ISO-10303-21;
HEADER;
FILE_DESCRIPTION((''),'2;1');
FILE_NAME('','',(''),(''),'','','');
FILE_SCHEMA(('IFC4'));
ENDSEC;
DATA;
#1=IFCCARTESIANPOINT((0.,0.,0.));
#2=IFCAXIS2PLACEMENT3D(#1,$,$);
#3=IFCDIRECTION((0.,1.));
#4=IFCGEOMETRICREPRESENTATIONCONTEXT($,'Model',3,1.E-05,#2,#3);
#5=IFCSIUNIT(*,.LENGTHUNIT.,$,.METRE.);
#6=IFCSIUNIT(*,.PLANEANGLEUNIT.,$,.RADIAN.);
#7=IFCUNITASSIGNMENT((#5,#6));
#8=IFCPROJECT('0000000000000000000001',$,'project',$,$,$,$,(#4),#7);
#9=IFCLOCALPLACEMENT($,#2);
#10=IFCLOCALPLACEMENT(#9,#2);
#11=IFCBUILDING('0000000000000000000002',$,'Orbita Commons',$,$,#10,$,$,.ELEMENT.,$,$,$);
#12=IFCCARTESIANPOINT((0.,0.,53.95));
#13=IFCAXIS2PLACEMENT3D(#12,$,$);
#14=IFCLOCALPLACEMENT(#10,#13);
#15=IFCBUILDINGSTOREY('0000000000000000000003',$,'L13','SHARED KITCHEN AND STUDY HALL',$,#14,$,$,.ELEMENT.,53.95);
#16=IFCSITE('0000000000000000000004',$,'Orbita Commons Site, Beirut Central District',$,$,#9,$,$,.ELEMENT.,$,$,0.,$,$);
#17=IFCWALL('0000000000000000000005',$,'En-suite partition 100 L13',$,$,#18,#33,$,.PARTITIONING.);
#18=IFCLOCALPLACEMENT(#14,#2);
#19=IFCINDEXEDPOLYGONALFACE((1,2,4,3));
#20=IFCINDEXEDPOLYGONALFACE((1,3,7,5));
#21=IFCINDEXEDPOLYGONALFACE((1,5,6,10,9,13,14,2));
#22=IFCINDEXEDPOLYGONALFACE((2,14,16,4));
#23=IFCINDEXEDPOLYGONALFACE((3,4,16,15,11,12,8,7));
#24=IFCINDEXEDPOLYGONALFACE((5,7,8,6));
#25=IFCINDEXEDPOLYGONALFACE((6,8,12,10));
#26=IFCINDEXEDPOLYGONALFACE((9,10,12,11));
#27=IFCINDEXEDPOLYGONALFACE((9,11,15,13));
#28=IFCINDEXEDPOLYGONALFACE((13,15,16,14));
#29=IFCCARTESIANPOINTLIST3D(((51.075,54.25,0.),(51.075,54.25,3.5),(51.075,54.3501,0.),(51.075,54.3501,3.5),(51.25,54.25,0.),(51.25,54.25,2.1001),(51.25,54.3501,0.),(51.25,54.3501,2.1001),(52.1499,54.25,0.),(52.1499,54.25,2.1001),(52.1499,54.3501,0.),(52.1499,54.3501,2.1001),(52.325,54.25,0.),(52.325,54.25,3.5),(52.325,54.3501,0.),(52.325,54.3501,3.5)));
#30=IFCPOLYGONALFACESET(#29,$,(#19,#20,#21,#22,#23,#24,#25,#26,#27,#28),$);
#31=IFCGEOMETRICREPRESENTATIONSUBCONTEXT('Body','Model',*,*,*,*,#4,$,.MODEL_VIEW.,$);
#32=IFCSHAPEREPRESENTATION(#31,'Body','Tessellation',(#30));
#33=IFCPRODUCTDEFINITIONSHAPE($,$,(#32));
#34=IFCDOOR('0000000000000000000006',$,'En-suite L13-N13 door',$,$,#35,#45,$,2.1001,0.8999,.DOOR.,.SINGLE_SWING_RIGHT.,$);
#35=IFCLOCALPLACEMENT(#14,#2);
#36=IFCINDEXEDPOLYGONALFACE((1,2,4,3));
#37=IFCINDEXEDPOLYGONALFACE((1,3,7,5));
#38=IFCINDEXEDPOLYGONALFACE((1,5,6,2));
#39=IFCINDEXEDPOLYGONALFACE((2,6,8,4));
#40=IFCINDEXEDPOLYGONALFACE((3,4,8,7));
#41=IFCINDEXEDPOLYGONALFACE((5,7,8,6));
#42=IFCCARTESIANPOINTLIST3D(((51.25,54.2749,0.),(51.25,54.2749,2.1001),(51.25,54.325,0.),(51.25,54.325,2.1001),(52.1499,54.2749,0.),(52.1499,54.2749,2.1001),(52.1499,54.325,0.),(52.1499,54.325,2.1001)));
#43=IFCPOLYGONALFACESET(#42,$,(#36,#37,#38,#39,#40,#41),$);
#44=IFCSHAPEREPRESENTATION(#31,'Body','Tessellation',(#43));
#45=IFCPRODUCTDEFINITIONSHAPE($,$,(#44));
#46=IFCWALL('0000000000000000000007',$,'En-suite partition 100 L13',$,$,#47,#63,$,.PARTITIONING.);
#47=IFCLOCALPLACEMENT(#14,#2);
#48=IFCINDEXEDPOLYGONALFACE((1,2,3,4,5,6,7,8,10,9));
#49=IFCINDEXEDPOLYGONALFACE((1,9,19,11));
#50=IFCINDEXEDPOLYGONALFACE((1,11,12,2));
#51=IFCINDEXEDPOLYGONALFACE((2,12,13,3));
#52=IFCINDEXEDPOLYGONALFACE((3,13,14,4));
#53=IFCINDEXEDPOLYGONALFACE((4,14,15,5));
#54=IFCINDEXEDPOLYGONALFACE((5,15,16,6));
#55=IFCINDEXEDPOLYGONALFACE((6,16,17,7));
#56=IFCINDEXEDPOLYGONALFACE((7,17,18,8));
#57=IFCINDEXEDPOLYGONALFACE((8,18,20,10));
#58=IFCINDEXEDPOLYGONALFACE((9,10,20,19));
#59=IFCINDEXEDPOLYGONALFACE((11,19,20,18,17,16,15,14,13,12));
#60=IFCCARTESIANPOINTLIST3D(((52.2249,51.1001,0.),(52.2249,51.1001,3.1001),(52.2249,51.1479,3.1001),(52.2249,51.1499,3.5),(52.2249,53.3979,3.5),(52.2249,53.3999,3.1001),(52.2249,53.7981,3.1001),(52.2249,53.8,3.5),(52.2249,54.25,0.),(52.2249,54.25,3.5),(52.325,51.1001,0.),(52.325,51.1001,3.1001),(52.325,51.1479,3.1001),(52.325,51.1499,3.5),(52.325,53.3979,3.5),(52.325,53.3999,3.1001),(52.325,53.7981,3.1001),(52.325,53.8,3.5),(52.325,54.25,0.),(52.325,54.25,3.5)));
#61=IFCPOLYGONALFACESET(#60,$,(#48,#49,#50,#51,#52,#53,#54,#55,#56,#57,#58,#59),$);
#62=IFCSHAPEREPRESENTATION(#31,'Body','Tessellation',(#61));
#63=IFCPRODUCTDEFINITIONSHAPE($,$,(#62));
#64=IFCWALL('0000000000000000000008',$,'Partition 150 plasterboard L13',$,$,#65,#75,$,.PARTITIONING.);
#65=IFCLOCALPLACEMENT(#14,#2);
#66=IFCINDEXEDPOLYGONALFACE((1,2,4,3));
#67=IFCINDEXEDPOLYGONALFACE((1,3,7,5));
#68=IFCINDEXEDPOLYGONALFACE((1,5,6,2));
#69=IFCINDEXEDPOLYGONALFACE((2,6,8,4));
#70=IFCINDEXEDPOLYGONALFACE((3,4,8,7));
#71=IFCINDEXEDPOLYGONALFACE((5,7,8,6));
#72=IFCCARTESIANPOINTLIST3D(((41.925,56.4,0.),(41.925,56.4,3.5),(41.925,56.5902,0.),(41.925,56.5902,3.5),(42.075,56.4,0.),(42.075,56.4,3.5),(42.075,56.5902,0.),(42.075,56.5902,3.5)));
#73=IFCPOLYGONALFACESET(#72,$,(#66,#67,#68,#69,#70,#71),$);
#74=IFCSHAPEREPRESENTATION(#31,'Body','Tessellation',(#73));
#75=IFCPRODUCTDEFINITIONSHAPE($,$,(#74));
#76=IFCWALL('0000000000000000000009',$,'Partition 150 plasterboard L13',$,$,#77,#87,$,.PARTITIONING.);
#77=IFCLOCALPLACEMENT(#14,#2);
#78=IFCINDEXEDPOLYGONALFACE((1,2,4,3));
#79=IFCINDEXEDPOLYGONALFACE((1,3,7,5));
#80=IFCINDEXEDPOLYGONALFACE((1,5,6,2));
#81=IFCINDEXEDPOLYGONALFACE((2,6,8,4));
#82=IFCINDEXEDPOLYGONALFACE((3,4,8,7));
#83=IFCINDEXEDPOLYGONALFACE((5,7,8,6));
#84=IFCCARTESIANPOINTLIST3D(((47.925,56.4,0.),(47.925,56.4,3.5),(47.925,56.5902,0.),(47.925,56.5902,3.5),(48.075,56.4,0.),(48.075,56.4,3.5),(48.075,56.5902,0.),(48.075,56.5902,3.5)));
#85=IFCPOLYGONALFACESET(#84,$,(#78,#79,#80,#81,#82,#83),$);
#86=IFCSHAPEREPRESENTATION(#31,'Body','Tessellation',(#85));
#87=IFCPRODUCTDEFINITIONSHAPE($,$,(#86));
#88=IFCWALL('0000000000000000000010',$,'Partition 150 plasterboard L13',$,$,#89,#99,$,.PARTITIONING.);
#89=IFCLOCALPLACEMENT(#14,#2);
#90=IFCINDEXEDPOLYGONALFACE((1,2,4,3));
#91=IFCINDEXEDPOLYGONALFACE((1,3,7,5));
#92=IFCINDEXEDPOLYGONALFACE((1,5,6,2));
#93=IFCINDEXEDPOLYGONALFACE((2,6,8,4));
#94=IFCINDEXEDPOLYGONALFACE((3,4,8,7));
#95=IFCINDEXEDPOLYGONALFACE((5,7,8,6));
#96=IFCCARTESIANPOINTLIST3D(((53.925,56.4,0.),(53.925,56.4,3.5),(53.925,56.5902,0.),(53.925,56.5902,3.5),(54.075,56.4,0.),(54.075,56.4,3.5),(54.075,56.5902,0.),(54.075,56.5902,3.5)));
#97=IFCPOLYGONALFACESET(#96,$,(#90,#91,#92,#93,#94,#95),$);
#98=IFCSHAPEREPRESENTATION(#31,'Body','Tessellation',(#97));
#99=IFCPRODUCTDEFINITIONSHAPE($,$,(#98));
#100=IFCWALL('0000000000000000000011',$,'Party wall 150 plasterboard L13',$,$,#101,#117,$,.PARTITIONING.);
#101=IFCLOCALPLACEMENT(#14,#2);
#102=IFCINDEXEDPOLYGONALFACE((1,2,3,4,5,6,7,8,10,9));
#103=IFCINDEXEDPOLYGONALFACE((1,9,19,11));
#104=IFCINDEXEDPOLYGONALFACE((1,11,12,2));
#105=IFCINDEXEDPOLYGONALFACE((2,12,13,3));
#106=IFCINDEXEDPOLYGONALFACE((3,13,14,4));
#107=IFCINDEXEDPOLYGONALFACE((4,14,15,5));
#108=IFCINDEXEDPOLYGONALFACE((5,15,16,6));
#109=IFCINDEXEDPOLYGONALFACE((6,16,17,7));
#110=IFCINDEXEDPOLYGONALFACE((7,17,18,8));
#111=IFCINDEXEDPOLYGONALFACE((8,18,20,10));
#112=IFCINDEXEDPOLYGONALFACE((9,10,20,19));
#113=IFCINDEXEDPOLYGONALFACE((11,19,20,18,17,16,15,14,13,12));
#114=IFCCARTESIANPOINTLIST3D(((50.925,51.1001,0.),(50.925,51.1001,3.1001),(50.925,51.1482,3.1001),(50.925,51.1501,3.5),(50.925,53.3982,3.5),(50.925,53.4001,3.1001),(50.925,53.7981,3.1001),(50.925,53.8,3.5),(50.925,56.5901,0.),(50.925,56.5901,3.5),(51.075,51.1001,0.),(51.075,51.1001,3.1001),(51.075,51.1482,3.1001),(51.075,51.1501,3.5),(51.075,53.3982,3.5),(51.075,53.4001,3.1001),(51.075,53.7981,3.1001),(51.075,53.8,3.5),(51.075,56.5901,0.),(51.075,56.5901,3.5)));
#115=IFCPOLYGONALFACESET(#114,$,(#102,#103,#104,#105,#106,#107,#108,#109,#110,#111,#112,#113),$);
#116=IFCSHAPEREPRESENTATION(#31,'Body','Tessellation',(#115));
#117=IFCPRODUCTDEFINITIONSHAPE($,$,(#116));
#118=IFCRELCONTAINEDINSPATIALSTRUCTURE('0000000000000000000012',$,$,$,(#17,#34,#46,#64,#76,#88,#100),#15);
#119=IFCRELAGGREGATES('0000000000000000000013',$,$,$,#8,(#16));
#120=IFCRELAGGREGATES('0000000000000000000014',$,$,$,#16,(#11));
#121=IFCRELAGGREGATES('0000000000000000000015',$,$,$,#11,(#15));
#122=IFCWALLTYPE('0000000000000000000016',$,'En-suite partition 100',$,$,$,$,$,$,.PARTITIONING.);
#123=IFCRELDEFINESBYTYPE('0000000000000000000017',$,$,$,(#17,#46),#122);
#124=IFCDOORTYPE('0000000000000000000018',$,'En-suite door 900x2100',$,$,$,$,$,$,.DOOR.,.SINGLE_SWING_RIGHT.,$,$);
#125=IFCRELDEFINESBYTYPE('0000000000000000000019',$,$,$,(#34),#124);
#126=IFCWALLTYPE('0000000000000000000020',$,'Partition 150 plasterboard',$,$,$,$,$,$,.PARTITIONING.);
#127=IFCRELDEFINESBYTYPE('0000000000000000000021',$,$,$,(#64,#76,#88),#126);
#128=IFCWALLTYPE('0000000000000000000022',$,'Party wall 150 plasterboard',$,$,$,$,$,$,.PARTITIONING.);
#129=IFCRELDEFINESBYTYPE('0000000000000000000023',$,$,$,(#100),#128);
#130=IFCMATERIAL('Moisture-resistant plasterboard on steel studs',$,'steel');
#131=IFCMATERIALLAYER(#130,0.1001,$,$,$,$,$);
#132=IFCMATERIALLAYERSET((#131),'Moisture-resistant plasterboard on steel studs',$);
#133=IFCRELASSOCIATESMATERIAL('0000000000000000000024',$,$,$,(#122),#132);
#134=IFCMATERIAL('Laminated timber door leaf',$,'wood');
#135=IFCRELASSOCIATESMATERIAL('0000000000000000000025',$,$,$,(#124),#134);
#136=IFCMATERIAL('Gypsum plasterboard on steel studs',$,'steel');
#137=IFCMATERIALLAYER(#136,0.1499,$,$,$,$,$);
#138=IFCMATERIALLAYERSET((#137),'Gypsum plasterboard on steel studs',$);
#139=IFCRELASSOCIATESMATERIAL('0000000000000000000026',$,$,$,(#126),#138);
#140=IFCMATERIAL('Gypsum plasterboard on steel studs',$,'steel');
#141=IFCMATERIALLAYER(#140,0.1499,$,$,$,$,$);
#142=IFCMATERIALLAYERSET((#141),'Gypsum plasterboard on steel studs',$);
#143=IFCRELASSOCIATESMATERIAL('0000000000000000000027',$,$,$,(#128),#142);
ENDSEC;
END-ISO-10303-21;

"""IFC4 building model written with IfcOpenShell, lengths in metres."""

from ifc_helpers import new_model, si_unit, direction, frame, frame_2d, origin, place, context, subcontext, project, spatial, polyline, rectangle, outline, extrude, material, layer, layer_set, type_object, element, fill, save


model = new_model("IFC4")

# Units and contexts
model_context = context("Model", 3, precision=1e-05, world=origin(), true_north=direction((0.0, 1.0)))
body_context = subcontext(model_context, "Body", "Model", "MODEL_VIEW")
ifc_project = project(units=[si_unit("LENGTHUNIT", "METRE"), si_unit("PLANEANGLEUNIT", "RADIAN")], contexts=[model_context])

# Site, building, storey
site_placement = place(None, origin())
site = spatial("IfcSite", under=ifc_project, at=site_placement, Name="Orbita Commons Site, Beirut Central District", CompositionType="ELEMENT", RefElevation=0.0)
building_placement = place(site_placement, origin())
building = spatial("IfcBuilding", under=site, at=building_placement, Name="Orbita Commons", CompositionType="ELEMENT")
storey_placement = place(building_placement, frame((0.0, 0.0, 53.95)))
storey = spatial("IfcBuildingStorey", under=building, at=storey_placement, Name="L13", Description="SHARED KITCHEN AND STUDY HALL", CompositionType="ELEMENT", Elevation=53.95)

# Shared definitions
ifc_material_1 = material(Name="Moisture-resistant plasterboard on steel studs", Category="steel")
ifc_layer_1 = layer(ifc_material_1, 0.1001)
ifc_layer_set_1 = layer_set([ifc_layer_1], Name="Moisture-resistant plasterboard on steel studs")
wall_type_1 = type_object("IfcWallType", Name="En-suite partition 100", PredefinedType="PARTITIONING", material=ifc_layer_set_1)
ifc_material_2 = material(Name="Laminated timber door leaf", Category="wood")
door_type = type_object("IfcDoorType", Name="En-suite door 900x2100", OperationType="SINGLE_SWING_RIGHT", PredefinedType="DOOR", material=ifc_material_2)

# Wall, opening, door
wall_1_placement = place(storey_placement, frame((51.075, 54.3, 0.0), z_axis=(0.0, 0.0, 1.0), x_axis=(1.0, 0.0, 0.0)))
wall_1 = element("IfcWall", 1, at=wall_1_placement, inside=storey, type_object=wall_type_1, Name="En-suite partition 100 L13", PredefinedType="PARTITIONING", context=body_context, shape_type="SweptSolid", body=[
    extrude(rectangle(XDim=1.25, YDim=0.1001, at=frame_2d((0.625, 0.0))), origin(), (0.0, 0.0, 1.0), 3.5),
])
opening_1_placement = place(wall_1_placement, frame((0.175, 0.0, 0.0)))
opening_1 = element("IfcOpeningElement", 2, at=opening_1_placement, cuts=wall_1, PredefinedType="OPENING", context=body_context, shape_type="SweptSolid", body=[
    extrude(rectangle(XDim=0.8999, YDim=2.1001, at=frame_2d((0.45, 1.05))), frame((0.0, 0.0601, 0.0), z_axis=(0.0, -1.0, 0.0), x_axis=(1.0, 0.0, 0.0)), (0.0, 0.0, 1.0), 0.1201),
])
door_1_placement = place(opening_1_placement, origin())
door_1 = element("IfcDoor", 3, at=door_1_placement, inside=storey, type_object=door_type, Name="En-suite L13-N13 door", OperationType="SINGLE_SWING_RIGHT", OverallHeight=2.1001, OverallWidth=0.8999, PredefinedType="DOOR", context=body_context, shape_type="SweptSolid", body=[
    extrude(rectangle(XDim=0.8999, YDim=2.1001, at=frame_2d((0.45, 1.05))), frame((0.0, 0.0249, 0.0), z_axis=(0.0, -1.0, 0.0), x_axis=(1.0, 0.0, 0.0)), (0.0, 0.0, 1.0), 0.05),
])
fill(opening_1, door_1)

# Walls
wall_2_placement = place(storey_placement, frame((52.2749, 54.25, 0.0), z_axis=(0.0, 0.0, 1.0), x_axis=(0.0, -1.0, 0.0)))
element("IfcWall", 4, at=wall_2_placement, inside=storey, type_object=wall_type_1, Name="En-suite partition 100 L13", PredefinedType="PARTITIONING", context=body_context, shape_type="SweptSolid", body=[
    extrude(outline(polyline([(0.0, 0.0), (3.1499, 0.0), (3.1499, 3.1001), (3.1021, 3.1001), (3.1001, 3.5), (0.8521, 3.5), (0.8501, 3.1001), (0.4519, 3.1001), (0.45, 3.5), (0.0, 3.5), (0.0, 0.0)])), frame((0.0, 0.05, 0.0), z_axis=(0.0, -1.0, 0.0), x_axis=(1.0, 0.0, 0.0)), (0.0, 0.0, 1.0), 0.1001),
])
ifc_material_3 = material(Name="Gypsum plasterboard on steel studs", Category="steel")
ifc_layer_2 = layer(ifc_material_3, 0.1499)
ifc_layer_set_2 = layer_set([ifc_layer_2], Name="Gypsum plasterboard on steel studs")
wall_type_2 = type_object("IfcWallType", Name="Partition 150 plasterboard", PredefinedType="PARTITIONING", material=ifc_layer_set_2)
for number, where, z_axis, x_axis, name in (
    (5, (42.0, 56.3999, 0.0), (0.0, 0.0, 1.0), (0.0, 1.0, 0.0), "Partition 150 plasterboard L13"),
    (6, (48.0, 56.3999, 0.0), (0.0, 0.0, 1.0), (0.0, 1.0, 0.0), "Partition 150 plasterboard L13"),
    (7, (54.0, 56.3999, 0.0), (0.0, 0.0, 1.0), (0.0, 1.0, 0.0), "Partition 150 plasterboard L13"),
):
    element("IfcWall", number, at=place(storey_placement, frame(where, z_axis=z_axis, x_axis=x_axis)), inside=storey, type_object=wall_type_2, Name=name, PredefinedType="PARTITIONING", context=body_context, shape_type="SweptSolid", body=[
        extrude(rectangle(XDim=0.1902, YDim=0.1499, at=frame_2d((0.0952, 0.0))), origin(), (0.0, 0.0, 1.0), 3.5),
    ])
ifc_material_4 = material(Name="Gypsum plasterboard on steel studs", Category="steel")
ifc_layer_3 = layer(ifc_material_4, 0.1499)
ifc_layer_set_3 = layer_set([ifc_layer_3], Name="Gypsum plasterboard on steel studs")
wall_type_3 = type_object("IfcWallType", Name="Party wall 150 plasterboard", PredefinedType="PARTITIONING", material=ifc_layer_set_3)
wall_3_placement = place(storey_placement, frame((51.0, 56.5901, 0.0), z_axis=(0.0, 0.0, 1.0), x_axis=(0.0, -1.0, 0.0)))
element("IfcWall", 8, at=wall_3_placement, inside=storey, type_object=wall_type_3, Name="Party wall 150 plasterboard L13", PredefinedType="PARTITIONING", context=body_context, shape_type="SweptSolid", body=[
    extrude(outline(polyline([(0.0, 0.0), (5.49, 0.0), (5.49, 3.1001), (5.4419, 3.1001), (5.4399, 3.5), (3.1919, 3.5), (3.1899, 3.1001), (2.792, 3.1001), (2.79, 3.5), (0.0, 3.5), (0.0, 0.0)])), frame((0.0, 0.075, 0.0), z_axis=(0.0, -1.0, 0.0), x_axis=(1.0, 0.0, 0.0)), (0.0, 0.0, 1.0), 0.1499),
])

save(model, "model.ifc")
